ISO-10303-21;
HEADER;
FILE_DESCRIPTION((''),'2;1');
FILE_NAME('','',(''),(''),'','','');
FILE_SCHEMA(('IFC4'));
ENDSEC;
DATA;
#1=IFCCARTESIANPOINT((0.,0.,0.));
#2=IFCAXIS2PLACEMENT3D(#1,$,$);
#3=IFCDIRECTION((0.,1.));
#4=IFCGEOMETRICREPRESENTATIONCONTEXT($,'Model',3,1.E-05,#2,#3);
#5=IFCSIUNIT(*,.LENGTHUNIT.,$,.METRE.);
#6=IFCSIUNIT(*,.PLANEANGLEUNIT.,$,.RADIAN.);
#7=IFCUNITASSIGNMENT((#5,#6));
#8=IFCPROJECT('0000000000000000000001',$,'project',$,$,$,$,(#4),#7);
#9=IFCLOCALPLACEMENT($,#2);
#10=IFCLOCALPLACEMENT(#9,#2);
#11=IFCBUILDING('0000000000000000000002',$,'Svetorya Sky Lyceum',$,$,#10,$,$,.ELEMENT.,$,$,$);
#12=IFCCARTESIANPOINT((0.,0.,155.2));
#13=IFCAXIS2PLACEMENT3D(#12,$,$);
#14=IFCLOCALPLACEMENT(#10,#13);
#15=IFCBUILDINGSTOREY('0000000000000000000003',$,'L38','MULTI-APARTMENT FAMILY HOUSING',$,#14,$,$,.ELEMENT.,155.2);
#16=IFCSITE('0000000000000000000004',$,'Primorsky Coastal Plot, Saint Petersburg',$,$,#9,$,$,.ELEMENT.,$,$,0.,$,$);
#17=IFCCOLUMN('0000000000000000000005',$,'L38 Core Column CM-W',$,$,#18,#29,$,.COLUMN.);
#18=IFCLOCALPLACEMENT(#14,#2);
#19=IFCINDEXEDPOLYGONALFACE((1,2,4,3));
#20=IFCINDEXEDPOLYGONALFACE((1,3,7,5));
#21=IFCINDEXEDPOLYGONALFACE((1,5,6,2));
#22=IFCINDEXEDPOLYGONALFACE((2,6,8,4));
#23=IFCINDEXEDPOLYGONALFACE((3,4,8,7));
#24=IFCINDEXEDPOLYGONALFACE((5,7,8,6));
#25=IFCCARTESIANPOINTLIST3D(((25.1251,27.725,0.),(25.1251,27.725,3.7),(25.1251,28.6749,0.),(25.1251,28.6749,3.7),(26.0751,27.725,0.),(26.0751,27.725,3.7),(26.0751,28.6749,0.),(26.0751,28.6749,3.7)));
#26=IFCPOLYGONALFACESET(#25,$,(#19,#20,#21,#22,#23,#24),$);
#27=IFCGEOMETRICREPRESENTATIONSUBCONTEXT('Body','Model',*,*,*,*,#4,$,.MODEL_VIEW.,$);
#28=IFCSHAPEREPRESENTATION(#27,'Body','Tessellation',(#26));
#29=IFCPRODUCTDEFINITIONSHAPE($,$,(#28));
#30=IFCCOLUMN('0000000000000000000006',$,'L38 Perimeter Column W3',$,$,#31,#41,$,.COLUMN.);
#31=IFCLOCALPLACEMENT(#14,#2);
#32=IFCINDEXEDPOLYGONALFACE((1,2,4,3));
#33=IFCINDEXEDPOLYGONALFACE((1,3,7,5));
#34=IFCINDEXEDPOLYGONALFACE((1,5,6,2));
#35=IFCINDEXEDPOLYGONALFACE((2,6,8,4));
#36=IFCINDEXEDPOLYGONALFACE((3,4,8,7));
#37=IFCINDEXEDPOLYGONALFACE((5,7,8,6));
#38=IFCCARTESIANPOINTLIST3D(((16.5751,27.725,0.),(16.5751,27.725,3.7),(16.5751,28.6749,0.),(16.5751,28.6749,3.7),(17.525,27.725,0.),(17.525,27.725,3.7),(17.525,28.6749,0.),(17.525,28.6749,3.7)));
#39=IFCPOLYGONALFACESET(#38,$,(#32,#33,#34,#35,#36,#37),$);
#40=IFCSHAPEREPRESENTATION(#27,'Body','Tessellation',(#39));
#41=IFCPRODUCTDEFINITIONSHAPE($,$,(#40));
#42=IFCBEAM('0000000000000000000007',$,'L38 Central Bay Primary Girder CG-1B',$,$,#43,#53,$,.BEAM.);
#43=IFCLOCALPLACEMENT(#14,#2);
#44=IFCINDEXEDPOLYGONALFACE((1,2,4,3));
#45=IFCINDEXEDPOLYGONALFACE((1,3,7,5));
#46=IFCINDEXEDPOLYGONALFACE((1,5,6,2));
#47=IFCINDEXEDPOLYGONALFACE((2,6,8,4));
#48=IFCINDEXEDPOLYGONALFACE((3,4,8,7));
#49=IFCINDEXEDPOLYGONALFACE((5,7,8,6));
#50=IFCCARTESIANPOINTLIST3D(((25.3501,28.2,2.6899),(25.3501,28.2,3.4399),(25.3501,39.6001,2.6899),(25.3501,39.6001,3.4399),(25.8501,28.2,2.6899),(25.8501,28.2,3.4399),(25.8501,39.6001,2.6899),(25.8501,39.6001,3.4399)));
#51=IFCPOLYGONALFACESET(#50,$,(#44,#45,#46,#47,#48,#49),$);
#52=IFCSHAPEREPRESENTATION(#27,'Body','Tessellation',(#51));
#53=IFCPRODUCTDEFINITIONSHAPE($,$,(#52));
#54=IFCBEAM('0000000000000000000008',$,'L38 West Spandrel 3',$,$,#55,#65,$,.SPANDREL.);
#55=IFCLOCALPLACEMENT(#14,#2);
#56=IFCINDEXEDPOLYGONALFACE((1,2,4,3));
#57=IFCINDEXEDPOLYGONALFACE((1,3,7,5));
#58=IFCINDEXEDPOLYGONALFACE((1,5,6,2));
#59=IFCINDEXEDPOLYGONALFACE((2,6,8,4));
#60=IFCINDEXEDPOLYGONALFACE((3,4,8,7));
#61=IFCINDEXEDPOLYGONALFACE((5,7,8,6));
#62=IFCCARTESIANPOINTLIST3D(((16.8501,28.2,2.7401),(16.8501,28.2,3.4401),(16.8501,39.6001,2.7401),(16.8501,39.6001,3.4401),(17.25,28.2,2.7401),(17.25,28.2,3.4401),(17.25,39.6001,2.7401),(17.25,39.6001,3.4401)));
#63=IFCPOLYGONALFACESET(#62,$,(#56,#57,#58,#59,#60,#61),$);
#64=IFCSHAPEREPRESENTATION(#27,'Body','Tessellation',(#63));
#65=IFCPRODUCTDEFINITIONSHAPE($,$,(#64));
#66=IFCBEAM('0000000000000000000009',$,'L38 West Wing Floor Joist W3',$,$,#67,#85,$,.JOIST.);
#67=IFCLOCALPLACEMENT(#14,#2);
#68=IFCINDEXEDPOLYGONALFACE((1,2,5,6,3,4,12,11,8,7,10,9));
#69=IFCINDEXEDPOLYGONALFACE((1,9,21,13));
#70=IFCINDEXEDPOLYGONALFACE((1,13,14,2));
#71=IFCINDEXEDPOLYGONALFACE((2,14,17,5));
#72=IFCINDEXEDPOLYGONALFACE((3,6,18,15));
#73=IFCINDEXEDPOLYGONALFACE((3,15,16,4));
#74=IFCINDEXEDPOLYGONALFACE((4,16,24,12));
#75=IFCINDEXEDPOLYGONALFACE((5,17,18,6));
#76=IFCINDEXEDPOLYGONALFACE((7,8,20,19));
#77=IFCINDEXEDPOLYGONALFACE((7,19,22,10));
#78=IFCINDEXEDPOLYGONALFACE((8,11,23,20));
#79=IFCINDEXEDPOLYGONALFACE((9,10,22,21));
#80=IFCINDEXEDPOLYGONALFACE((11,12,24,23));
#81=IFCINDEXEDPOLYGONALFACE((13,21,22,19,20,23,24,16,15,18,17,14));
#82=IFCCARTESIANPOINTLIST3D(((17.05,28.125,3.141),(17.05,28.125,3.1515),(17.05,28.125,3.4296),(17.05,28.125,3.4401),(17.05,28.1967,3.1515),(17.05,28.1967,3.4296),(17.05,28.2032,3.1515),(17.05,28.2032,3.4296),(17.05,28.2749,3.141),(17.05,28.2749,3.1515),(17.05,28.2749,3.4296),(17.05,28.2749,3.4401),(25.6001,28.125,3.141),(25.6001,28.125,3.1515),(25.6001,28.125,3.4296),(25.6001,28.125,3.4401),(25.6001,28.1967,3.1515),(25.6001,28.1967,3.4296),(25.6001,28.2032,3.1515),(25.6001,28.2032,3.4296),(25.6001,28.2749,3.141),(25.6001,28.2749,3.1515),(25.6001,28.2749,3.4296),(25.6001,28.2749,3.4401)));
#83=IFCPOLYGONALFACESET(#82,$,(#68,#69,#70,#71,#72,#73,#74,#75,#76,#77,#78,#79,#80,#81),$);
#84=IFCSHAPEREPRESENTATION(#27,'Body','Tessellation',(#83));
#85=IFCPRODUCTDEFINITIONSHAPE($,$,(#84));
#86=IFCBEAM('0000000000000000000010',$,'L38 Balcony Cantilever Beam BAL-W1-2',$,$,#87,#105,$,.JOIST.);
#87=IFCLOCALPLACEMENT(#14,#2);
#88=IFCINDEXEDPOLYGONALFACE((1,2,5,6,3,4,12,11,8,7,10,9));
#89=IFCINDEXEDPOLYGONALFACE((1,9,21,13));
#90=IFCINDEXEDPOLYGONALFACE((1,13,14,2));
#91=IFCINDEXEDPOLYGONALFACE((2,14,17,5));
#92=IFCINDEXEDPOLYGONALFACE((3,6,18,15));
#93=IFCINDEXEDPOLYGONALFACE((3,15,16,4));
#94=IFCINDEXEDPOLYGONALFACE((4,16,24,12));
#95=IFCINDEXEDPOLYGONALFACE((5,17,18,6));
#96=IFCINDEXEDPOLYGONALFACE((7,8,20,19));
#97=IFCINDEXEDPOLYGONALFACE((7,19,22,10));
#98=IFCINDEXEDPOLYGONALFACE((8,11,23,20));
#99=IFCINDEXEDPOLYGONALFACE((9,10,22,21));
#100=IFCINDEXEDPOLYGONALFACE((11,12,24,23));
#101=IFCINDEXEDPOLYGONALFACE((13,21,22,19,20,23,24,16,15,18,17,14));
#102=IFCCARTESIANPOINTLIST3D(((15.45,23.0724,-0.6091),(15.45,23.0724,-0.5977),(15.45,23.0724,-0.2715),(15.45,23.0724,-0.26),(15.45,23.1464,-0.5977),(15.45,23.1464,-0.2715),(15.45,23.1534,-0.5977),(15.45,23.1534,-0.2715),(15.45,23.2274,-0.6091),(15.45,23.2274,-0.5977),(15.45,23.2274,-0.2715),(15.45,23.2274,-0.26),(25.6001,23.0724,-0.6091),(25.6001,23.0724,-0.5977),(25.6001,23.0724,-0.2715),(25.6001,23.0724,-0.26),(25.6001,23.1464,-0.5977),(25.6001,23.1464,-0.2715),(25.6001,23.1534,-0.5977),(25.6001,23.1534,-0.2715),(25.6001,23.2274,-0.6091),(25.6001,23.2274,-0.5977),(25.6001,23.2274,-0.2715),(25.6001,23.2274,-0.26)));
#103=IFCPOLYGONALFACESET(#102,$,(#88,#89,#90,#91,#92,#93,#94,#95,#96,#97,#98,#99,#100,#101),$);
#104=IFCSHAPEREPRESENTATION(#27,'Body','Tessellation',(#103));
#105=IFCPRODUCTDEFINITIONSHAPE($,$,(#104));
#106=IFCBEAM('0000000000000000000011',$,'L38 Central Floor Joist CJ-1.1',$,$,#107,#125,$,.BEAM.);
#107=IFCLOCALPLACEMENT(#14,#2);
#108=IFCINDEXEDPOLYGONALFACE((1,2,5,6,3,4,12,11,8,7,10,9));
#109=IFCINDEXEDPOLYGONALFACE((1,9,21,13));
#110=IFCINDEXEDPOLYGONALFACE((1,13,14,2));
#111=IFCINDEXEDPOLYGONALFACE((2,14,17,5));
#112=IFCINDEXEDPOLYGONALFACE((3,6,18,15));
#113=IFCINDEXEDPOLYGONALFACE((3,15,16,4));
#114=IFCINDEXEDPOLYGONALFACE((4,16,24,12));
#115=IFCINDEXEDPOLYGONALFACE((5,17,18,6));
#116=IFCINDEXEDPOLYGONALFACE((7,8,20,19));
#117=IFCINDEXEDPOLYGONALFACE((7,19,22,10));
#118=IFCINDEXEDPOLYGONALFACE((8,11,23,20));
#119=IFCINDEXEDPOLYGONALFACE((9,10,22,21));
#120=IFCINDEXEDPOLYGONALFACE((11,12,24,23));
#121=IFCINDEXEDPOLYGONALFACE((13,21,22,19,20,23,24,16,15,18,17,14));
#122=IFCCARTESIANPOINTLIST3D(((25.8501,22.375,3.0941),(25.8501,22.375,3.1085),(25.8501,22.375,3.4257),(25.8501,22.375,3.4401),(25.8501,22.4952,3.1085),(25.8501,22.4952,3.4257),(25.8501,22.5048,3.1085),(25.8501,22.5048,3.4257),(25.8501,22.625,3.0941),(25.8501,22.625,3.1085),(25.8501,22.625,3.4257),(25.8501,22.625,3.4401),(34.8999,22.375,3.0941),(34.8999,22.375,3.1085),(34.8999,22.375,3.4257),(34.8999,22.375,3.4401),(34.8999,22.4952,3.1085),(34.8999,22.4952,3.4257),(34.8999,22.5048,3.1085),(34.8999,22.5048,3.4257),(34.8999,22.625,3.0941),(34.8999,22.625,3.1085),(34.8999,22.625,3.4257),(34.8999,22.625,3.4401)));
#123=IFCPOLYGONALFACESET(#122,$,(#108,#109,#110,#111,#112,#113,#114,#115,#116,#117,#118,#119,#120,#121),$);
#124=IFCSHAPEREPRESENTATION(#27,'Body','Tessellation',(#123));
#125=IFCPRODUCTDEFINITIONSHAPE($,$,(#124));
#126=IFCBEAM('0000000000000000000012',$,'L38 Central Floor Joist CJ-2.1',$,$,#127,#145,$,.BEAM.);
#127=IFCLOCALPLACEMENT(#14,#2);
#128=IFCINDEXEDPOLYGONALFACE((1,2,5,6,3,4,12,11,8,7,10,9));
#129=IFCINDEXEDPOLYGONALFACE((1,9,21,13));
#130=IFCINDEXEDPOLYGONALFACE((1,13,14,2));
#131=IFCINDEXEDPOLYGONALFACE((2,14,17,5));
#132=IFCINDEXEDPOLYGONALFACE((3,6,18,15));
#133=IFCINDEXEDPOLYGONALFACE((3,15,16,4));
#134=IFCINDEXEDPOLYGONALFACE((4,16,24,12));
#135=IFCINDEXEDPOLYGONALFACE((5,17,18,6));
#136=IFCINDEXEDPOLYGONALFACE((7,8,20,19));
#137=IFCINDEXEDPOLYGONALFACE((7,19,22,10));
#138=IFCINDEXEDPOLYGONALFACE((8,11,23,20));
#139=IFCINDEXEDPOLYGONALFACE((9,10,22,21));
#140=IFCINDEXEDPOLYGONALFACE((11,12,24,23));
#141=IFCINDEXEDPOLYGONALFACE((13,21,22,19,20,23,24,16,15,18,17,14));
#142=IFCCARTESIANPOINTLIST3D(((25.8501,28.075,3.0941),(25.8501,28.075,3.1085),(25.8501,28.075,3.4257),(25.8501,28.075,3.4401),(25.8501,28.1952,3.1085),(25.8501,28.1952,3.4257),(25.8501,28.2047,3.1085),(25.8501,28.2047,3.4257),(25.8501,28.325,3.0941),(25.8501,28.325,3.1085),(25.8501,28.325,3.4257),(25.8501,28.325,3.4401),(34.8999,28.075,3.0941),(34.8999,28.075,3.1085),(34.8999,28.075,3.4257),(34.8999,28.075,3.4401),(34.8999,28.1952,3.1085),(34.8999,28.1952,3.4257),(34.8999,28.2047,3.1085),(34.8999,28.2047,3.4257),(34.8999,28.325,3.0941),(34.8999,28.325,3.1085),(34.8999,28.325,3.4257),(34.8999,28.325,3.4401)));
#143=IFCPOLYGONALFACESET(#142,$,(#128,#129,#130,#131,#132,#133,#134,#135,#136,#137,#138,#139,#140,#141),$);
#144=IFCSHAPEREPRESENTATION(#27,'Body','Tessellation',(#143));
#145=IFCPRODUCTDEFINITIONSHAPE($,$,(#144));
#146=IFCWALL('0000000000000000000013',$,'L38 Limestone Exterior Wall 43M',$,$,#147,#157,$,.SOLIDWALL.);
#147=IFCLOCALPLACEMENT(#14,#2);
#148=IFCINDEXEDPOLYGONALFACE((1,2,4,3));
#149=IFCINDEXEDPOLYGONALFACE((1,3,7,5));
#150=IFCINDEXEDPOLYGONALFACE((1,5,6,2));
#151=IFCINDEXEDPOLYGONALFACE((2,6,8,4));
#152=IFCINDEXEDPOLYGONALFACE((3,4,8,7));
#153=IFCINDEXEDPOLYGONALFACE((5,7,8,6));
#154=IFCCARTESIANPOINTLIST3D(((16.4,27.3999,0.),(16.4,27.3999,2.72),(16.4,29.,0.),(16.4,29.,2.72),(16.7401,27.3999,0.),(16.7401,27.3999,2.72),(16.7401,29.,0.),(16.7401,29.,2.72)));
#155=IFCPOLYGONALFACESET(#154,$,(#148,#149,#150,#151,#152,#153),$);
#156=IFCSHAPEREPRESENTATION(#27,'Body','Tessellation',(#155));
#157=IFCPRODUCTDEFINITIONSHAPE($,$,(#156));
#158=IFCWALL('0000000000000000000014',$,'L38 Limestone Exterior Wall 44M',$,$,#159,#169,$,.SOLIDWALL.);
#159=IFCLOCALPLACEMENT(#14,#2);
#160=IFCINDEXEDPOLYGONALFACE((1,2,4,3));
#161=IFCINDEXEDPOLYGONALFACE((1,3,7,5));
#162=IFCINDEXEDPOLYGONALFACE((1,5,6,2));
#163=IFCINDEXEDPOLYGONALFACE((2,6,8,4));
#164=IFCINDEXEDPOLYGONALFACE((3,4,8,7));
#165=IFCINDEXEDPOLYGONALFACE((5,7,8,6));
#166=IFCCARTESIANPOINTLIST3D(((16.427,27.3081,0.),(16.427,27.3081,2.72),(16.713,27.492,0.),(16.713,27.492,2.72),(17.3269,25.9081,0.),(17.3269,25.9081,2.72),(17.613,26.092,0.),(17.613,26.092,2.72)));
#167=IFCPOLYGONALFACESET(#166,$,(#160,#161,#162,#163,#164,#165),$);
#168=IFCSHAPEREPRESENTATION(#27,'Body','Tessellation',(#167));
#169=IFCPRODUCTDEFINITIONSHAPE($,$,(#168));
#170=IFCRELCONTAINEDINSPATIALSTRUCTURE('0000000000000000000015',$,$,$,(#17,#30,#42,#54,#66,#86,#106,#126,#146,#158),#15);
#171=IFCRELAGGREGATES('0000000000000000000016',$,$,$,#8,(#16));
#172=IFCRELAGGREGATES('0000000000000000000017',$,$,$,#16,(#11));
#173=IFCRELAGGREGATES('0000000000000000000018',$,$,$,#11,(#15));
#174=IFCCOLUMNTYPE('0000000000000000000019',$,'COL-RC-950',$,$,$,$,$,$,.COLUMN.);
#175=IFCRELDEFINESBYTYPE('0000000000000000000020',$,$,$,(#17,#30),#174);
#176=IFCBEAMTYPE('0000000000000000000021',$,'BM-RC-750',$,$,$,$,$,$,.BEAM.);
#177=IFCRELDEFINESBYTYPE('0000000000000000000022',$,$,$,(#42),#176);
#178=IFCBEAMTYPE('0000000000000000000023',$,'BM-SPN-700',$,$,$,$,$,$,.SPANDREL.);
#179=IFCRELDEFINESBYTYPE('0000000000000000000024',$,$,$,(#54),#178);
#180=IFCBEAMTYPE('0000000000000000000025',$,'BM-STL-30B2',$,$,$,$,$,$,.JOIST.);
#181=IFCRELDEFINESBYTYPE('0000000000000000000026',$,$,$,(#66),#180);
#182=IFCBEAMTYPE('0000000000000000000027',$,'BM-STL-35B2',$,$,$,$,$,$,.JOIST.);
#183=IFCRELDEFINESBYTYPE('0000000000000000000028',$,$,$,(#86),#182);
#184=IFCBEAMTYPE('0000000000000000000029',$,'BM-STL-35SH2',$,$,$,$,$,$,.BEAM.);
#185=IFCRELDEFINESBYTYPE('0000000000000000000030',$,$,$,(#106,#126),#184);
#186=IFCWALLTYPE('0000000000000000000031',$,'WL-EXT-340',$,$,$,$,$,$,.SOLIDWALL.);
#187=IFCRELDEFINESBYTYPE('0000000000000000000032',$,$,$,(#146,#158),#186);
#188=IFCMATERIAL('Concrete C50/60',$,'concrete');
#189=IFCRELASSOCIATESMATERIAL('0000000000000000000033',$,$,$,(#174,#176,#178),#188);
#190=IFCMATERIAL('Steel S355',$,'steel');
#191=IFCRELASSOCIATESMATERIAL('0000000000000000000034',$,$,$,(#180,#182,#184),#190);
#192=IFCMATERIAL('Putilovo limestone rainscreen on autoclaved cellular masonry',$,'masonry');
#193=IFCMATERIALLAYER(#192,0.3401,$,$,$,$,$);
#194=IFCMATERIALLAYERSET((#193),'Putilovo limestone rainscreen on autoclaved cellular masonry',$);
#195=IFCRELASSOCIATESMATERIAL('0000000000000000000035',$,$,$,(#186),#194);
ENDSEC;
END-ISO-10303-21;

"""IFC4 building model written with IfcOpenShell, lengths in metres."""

from ifc_helpers import new_model, si_unit, direction, frame, frame_2d, origin, origin_2d, place, context, subcontext, project, spatial, rectangle, i_section, extrude, material, layer, layer_set, material_profile, profile_set, type_object, element, save


model = new_model("IFC4")

# Units and contexts
model_context = context("Model", 3, precision=1e-05, world=origin(), true_north=direction((0.0, 1.0)))
body_context = subcontext(model_context, "Body", "Model", "MODEL_VIEW")
ifc_project = project(units=[si_unit("LENGTHUNIT", "METRE"), si_unit("PLANEANGLEUNIT", "RADIAN")], contexts=[model_context])

# Site, building, storey
site_placement = place(None, origin())
site = spatial("IfcSite", under=ifc_project, at=site_placement, Name="Primorsky Coastal Plot, Saint Petersburg", CompositionType="ELEMENT", RefElevation=0.0)
building_placement = place(site_placement, origin())
building = spatial("IfcBuilding", under=site, at=building_placement, Name="Svetorya Sky Lyceum", CompositionType="ELEMENT")
storey_placement = place(building_placement, frame((0.0, 0.0, 155.2)))
storey = spatial("IfcBuildingStorey", under=building, at=storey_placement, Name="L38", Description="MULTI-APARTMENT FAMILY HOUSING", CompositionType="ELEMENT", Elevation=155.2)

# Columns
ifc_material_1 = material(Name="Concrete C50/60", Category="concrete")
ifc_material_profile_1 = material_profile(ifc_material_1, rectangle(XDim=0.95, YDim=0.95, at=origin_2d()), Name="RC COL 950x950")
ifc_profile_set_1 = profile_set([ifc_material_profile_1], Name="Concrete C50/60")
column_type = type_object("IfcColumnType", Name="COL-RC-950", PredefinedType="COLUMN", material=ifc_profile_set_1)
for number, where, z_axis, x_axis, name in (
    (1, (25.6001, 28.2, 0.0), (0.0, 0.0, 1.0), (1.0, 0.0, 0.0), "L38 Core Column CM-W"),
    (2, (17.05, 28.2, 0.0), (0.0, 0.0, 1.0), (1.0, 0.0, 0.0), "L38 Perimeter Column W3"),
):
    element("IfcColumn", number, at=place(storey_placement, frame(where, z_axis=z_axis, x_axis=x_axis)), inside=storey, type_object=column_type, Name=name, PredefinedType="COLUMN", context=body_context, shape_type="SweptSolid", body=[
        extrude(rectangle(XDim=0.95, YDim=0.95, at=origin_2d()), origin(), (0.0, 0.0, 1.0), 3.7),
    ])

# Beams
ifc_material_profile_2 = material_profile(ifc_material_1, rectangle(XDim=0.5, YDim=0.75, at=origin_2d()), Name="RC BEAM 500x750")
ifc_profile_set_2 = profile_set([ifc_material_profile_2], Name="Concrete C50/60")
beam_type_1 = type_object("IfcBeamType", Name="BM-RC-750", PredefinedType="BEAM", material=ifc_profile_set_2)
beam_1_placement = place(storey_placement, frame((25.6001, 28.2, 3.0649), z_axis=(0.0, 1.0, 0.0), x_axis=(-1.0, 0.0, 0.0)))
element("IfcBeam", 3, at=beam_1_placement, inside=storey, type_object=beam_type_1, Name="L38 Central Bay Primary Girder CG-1B", PredefinedType="BEAM", context=body_context, shape_type="SweptSolid", body=[
    extrude(rectangle(XDim=0.5, YDim=0.75, at=origin_2d()), origin(), (0.0, 0.0, 1.0), 11.4001),
])
ifc_material_profile_3 = material_profile(ifc_material_1, rectangle(XDim=0.3999, YDim=0.7, at=origin_2d()), Name="RC SPANDREL 400x700")
ifc_profile_set_3 = profile_set([ifc_material_profile_3], Name="Concrete C50/60")
beam_type_2 = type_object("IfcBeamType", Name="BM-SPN-700", PredefinedType="SPANDREL", material=ifc_profile_set_3)
beam_2_placement = place(storey_placement, frame((17.05, 28.2, 3.0901), z_axis=(0.0, 1.0, 0.0), x_axis=(-1.0, 0.0, 0.0)))
element("IfcBeam", 4, at=beam_2_placement, inside=storey, type_object=beam_type_2, Name="L38 West Spandrel 3", PredefinedType="SPANDREL", context=body_context, shape_type="SweptSolid", body=[
    extrude(rectangle(XDim=0.3999, YDim=0.7, at=origin_2d()), origin(), (0.0, 0.0, 1.0), 11.4001),
])
ifc_material_2 = material(Name="Steel S355", Category="steel")
ifc_material_profile_4 = material_profile(ifc_material_2, i_section(OverallWidth=0.1499, OverallDepth=0.2991, WebThickness=0.0066, FlangeThickness=0.0105, at=origin_2d()), Name="GOST 30B2")
ifc_profile_set_4 = profile_set([ifc_material_profile_4], Name="Steel S355")
beam_type_3 = type_object("IfcBeamType", Name="BM-STL-30B2", PredefinedType="JOIST", material=ifc_profile_set_4)
beam_3_placement = place(storey_placement, frame((17.05, 28.2, 3.2905), z_axis=(1.0, 0.0, 0.0), x_axis=(0.0, 1.0, 0.0)))
element("IfcBeam", 5, at=beam_3_placement, inside=storey, type_object=beam_type_3, Name="L38 West Wing Floor Joist W3", PredefinedType="JOIST", context=body_context, shape_type="SweptSolid", body=[
    extrude(i_section(OverallWidth=0.1499, OverallDepth=0.2991, WebThickness=0.0066, FlangeThickness=0.0105, at=origin_2d()), origin(), (0.0, 0.0, 1.0), 8.55),
])
ifc_material_profile_5 = material_profile(ifc_material_2, i_section(OverallWidth=0.155, OverallDepth=0.3491, WebThickness=0.0071, FlangeThickness=0.0115, at=origin_2d()), Name="GOST 35B2")
ifc_profile_set_5 = profile_set([ifc_material_profile_5], Name="Steel S355")
beam_type_4 = type_object("IfcBeamType", Name="BM-STL-35B2", PredefinedType="JOIST", material=ifc_profile_set_5)
beam_4_placement = place(storey_placement, frame((25.6001, 23.1499, -0.4346), z_axis=(-1.0, 0.0, 0.0), x_axis=(0.0, -1.0, 0.0)))
element("IfcBeam", 6, at=beam_4_placement, inside=storey, type_object=beam_type_4, Name="L38 Balcony Cantilever Beam BAL-W1-2", PredefinedType="JOIST", context=body_context, shape_type="SweptSolid", body=[
    extrude(i_section(OverallWidth=0.155, OverallDepth=0.3491, WebThickness=0.0071, FlangeThickness=0.0115, at=origin_2d()), origin(), (0.0, 0.0, 1.0), 10.1501),
])
ifc_material_profile_6 = material_profile(ifc_material_2, i_section(OverallWidth=0.25, OverallDepth=0.3459, WebThickness=0.0095, FlangeThickness=0.0144, at=origin_2d()), Name="GOST 35Sh2")
ifc_profile_set_6 = profile_set([ifc_material_profile_6], Name="Steel S355")
beam_type_5 = type_object("IfcBeamType", Name="BM-STL-35SH2", PredefinedType="BEAM", material=ifc_profile_set_6)
for number, where, z_axis, x_axis, name in (
    (7, (25.8501, 22.5, 3.2671), (1.0, 0.0, 0.0), (0.0, 1.0, 0.0), "L38 Central Floor Joist CJ-1.1"),
    (8, (25.8501, 28.2, 3.2671), (1.0, 0.0, 0.0), (0.0, 1.0, 0.0), "L38 Central Floor Joist CJ-2.1"),
):
    element("IfcBeam", number, at=place(storey_placement, frame(where, z_axis=z_axis, x_axis=x_axis)), inside=storey, type_object=beam_type_5, Name=name, PredefinedType="BEAM", context=body_context, shape_type="SweptSolid", body=[
        extrude(i_section(OverallWidth=0.25, OverallDepth=0.3459, WebThickness=0.0095, FlangeThickness=0.0144, at=origin_2d()), origin(), (0.0, 0.0, 1.0), 9.0498),
    ])

# Walls
ifc_material_3 = material(Name="Putilovo limestone rainscreen on autoclaved cellular masonry", Category="masonry")
ifc_layer_1 = layer(ifc_material_3, 0.3401)
ifc_layer_set_1 = layer_set([ifc_layer_1], Name="Putilovo limestone rainscreen on autoclaved cellular masonry")
wall_type_1 = type_object("IfcWallType", Name="WL-EXT-340", PredefinedType="SOLIDWALL", material=ifc_layer_set_1)
wall_1_placement = place(storey_placement, frame((16.5701, 29.0, 0.0), z_axis=(0.0, 0.0, 1.0), x_axis=(0.0, -1.0, 0.0)))
element("IfcWall", 9, at=wall_1_placement, inside=storey, type_object=wall_type_1, Name="L38 Limestone Exterior Wall 43M", PredefinedType="SOLIDWALL", context=body_context, shape_type="SweptSolid", body=[
    extrude(rectangle(XDim=1.6001, YDim=0.3401, at=frame_2d((0.8, 0.0))), origin(), (0.0, 0.0, 1.0), 2.72),
])
wall_2_placement = place(storey_placement, frame((16.5701, 27.3999, 0.0), z_axis=(0.0, 0.0, 1.0), x_axis=(0.540743, -0.841188, 0.0)))
element("IfcWall", 10, at=wall_2_placement, inside=storey, type_object=wall_type_1, Name="L38 Limestone Exterior Wall 44M", PredefinedType="SOLIDWALL", context=body_context, shape_type="SweptSolid", body=[
    extrude(rectangle(XDim=1.6643, YDim=0.3401, at=frame_2d((0.832, 0.0))), origin(), (0.0, 0.0, 1.0), 2.72),
])

save(model, "model.ifc")
